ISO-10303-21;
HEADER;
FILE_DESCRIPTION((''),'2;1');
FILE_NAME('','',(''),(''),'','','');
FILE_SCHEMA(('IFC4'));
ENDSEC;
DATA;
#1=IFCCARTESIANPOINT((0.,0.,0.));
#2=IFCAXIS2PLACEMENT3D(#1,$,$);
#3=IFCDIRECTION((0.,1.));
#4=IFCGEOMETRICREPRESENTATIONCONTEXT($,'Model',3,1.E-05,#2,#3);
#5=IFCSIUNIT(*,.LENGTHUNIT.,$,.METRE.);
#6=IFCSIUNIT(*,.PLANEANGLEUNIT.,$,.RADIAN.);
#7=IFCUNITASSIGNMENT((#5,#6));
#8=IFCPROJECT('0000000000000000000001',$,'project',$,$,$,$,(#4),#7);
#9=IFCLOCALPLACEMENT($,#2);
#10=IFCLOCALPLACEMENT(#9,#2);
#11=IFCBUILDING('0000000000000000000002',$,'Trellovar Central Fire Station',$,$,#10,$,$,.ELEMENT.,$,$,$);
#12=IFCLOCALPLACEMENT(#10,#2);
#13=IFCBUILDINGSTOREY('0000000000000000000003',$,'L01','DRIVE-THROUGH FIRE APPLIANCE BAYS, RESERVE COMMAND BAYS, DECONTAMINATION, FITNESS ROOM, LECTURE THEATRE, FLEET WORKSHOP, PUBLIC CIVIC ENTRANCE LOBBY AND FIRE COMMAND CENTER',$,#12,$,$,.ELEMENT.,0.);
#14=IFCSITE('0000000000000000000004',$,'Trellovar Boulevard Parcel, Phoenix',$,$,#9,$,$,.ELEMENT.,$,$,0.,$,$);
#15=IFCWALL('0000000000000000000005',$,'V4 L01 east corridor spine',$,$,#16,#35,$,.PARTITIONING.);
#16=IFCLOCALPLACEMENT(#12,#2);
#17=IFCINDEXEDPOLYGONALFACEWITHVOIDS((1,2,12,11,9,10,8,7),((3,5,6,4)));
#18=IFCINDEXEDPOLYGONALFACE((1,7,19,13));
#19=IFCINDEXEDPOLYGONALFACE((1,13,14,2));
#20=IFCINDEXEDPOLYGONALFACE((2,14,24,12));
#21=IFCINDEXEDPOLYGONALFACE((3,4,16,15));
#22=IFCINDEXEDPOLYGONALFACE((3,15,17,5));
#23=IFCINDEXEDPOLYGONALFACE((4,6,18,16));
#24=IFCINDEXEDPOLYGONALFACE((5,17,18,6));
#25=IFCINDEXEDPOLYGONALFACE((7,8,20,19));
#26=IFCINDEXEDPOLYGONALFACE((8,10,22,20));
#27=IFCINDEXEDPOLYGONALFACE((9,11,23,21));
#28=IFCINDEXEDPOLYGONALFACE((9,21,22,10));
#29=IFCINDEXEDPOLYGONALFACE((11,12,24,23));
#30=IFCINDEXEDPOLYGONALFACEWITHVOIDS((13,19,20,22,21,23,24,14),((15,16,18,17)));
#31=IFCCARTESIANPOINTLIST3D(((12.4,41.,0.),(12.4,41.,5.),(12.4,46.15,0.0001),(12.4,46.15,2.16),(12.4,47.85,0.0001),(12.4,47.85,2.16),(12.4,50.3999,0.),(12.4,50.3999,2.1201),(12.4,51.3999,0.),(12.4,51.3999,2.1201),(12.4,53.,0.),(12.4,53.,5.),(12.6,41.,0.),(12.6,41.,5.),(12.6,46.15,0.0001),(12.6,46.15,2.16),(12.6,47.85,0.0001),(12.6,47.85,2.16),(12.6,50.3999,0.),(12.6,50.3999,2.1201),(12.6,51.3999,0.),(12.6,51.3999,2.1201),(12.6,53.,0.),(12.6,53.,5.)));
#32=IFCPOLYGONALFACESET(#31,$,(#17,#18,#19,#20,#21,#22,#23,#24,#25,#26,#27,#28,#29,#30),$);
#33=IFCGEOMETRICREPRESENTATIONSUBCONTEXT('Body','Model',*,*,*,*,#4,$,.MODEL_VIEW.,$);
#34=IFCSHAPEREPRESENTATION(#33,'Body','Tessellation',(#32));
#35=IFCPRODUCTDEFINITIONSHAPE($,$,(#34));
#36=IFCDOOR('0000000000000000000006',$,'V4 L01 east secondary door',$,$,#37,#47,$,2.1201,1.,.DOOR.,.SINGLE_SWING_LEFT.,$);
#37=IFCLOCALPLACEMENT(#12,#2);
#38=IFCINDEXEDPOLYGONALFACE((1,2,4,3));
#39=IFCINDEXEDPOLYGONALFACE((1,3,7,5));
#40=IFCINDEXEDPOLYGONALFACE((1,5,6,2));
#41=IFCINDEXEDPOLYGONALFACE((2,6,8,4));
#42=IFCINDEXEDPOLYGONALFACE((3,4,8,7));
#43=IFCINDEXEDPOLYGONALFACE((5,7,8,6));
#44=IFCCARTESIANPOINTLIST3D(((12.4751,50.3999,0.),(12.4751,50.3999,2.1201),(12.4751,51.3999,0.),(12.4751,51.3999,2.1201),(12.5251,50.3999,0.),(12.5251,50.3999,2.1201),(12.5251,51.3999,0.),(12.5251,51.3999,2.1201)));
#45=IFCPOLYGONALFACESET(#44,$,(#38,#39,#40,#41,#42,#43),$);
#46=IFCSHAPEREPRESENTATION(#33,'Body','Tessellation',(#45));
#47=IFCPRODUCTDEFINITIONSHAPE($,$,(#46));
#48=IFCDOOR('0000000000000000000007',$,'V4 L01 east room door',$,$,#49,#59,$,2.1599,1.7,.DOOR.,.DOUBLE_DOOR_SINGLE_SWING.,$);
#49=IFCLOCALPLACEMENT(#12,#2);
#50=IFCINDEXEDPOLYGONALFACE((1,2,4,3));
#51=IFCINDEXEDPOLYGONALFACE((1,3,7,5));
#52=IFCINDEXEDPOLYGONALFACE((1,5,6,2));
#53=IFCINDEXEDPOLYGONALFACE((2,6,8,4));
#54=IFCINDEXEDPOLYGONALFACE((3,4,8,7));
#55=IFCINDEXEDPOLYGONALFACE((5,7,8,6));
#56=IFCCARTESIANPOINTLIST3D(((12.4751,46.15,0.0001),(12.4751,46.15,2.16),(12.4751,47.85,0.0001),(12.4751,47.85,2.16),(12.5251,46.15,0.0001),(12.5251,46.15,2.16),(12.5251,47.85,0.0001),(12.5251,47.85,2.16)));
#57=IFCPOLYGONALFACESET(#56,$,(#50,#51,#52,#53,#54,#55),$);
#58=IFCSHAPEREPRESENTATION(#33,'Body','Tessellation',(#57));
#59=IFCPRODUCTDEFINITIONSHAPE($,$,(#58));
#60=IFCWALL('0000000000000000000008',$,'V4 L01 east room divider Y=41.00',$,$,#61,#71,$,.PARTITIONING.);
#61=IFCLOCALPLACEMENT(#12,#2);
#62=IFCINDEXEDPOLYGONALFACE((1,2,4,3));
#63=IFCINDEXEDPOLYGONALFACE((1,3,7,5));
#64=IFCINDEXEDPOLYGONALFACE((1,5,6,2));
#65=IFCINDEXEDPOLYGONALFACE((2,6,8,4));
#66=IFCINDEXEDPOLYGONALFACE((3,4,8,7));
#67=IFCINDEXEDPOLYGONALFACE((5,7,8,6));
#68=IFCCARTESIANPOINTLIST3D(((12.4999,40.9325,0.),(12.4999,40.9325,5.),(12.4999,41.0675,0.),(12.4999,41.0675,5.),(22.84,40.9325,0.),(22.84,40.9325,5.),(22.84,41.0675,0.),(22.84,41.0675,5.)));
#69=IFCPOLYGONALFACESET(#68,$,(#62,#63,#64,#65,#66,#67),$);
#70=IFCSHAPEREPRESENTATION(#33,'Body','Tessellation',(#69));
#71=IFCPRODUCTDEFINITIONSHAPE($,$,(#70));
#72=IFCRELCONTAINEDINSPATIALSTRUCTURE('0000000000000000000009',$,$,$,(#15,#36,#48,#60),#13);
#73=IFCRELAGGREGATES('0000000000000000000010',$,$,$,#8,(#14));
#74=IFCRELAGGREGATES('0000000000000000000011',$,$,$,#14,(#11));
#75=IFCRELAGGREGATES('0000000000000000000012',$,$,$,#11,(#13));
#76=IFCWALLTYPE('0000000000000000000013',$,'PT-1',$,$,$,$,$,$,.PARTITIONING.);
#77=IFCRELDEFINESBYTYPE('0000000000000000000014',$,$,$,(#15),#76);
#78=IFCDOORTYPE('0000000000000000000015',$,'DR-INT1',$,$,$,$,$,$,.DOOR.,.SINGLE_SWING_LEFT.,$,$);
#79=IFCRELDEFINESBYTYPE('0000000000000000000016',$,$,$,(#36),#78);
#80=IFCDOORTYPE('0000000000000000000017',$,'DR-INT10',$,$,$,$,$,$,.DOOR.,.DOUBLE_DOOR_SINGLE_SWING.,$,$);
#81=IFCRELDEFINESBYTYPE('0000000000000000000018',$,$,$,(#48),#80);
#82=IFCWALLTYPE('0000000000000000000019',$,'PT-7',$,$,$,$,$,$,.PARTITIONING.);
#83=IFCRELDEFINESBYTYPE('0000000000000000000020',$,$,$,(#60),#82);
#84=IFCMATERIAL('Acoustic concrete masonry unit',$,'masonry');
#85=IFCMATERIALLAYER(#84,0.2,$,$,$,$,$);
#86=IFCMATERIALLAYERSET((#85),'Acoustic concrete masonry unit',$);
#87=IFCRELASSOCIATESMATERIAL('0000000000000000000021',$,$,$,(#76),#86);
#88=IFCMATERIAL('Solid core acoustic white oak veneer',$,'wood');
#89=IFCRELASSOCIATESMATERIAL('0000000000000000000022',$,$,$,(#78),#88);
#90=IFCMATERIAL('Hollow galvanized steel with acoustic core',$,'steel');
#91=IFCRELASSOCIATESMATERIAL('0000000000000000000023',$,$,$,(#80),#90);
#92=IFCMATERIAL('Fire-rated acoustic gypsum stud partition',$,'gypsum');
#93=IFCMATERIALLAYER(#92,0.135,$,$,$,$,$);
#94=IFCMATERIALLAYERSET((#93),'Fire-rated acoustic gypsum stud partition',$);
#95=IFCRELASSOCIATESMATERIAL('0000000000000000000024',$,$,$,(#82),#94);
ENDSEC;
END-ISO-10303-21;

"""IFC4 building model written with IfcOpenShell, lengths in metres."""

from ifc_helpers import new_model, si_unit, direction, frame, frame_2d, origin, place, context, subcontext, project, spatial, rectangle, extrude, material, layer, layer_set, type_object, element, fill, save


model = new_model("IFC4")

# Units and contexts
model_context = context("Model", 3, precision=1e-05, world=origin(), true_north=direction((0.0, 1.0)))
body_context = subcontext(model_context, "Body", "Model", "MODEL_VIEW")
ifc_project = project(units=[si_unit("LENGTHUNIT", "METRE"), si_unit("PLANEANGLEUNIT", "RADIAN")], contexts=[model_context])

# Site, building, storey
site_placement = place(None, origin())
site = spatial("IfcSite", under=ifc_project, at=site_placement, Name="Trellovar Boulevard Parcel, Phoenix", CompositionType="ELEMENT", RefElevation=0.0)
building_placement = place(site_placement, origin())
building = spatial("IfcBuilding", under=site, at=building_placement, Name="Trellovar Central Fire Station", CompositionType="ELEMENT")
storey_placement = place(building_placement, origin())
storey = spatial("IfcBuildingStorey", under=building, at=storey_placement, Name="L01", Description="DRIVE-THROUGH FIRE APPLIANCE BAYS, RESERVE COMMAND BAYS, DECONTAMINATION, FITNESS ROOM, LECTURE THEATRE, FLEET WORKSHOP, PUBLIC CIVIC ENTRANCE LOBBY AND FIRE COMMAND CENTER", CompositionType="ELEMENT", Elevation=0.0)

# Shared definitions
ifc_material_1 = material(Name="Acoustic concrete masonry unit", Category="masonry")
ifc_layer_1 = layer(ifc_material_1, 0.2)
ifc_layer_set_1 = layer_set([ifc_layer_1], Name="Acoustic concrete masonry unit")
wall_type_1 = type_object("IfcWallType", Name="PT-1", PredefinedType="PARTITIONING", material=ifc_layer_set_1)
ifc_material_2 = material(Name="Solid core acoustic white oak veneer", Category="wood")
door_type_1 = type_object("IfcDoorType", Name="DR-INT1", OperationType="SINGLE_SWING_LEFT", PredefinedType="DOOR", material=ifc_material_2)

# Wall, openings, doors
wall_1_placement = place(storey_placement, frame((12.5, 41.0, 0.0), z_axis=(0.0, 0.0, 1.0), x_axis=(0.0, 1.0, 0.0)))
wall_1 = element("IfcWall", 1, at=wall_1_placement, inside=storey, type_object=wall_type_1, Name="V4 L01 east corridor spine", PredefinedType="PARTITIONING", context=body_context, shape_type="SweptSolid", body=[
    extrude(rectangle(XDim=12.0, YDim=0.2, at=frame_2d((6.0, 0.0))), origin(), (0.0, 0.0, 1.0), 5.0),
])
opening_1_placement = place(wall_1_placement, frame((5.1499, 0.0, 0.0)))
opening_1 = element("IfcOpeningElement", 2, at=opening_1_placement, cuts=wall_1, PredefinedType="OPENING", context=body_context, shape_type="SweptSolid", body=[
    extrude(rectangle(XDim=1.7, YDim=2.1599, at=frame_2d((0.8501, 1.0801))), frame((0.0, 0.1099, 0.0), z_axis=(0.0, -1.0, 0.0), x_axis=(1.0, 0.0, 0.0)), (0.0, 0.0, 1.0), 0.22),
])
opening_2_placement = place(wall_1_placement, frame((9.3999, 0.0, 0.0)))
opening_2 = element("IfcOpeningElement", 3, at=opening_2_placement, cuts=wall_1, PredefinedType="OPENING", context=body_context, shape_type="SweptSolid", body=[
    extrude(rectangle(XDim=1.0, YDim=2.1201, at=frame_2d((0.5, 1.0601))), frame((0.0, 0.1099, 0.0), z_axis=(0.0, -1.0, 0.0), x_axis=(1.0, 0.0, 0.0)), (0.0, 0.0, 1.0), 0.22),
])
door_1_placement = place(opening_2_placement, origin())
door_1 = element("IfcDoor", 4, at=door_1_placement, inside=storey, type_object=door_type_1, Name="V4 L01 east secondary door", OperationType="SINGLE_SWING_LEFT", OverallHeight=2.1201, OverallWidth=1.0, PredefinedType="DOOR", context=body_context, shape_type="SweptSolid", body=[
    extrude(rectangle(XDim=1.0, YDim=2.1201, at=frame_2d((0.5, 1.0601))), frame((0.0, 0.0249, 0.0), z_axis=(0.0, -1.0, 0.0), x_axis=(1.0, 0.0, 0.0)), (0.0, 0.0, 1.0), 0.05),
])
fill(opening_2, door_1)
ifc_material_3 = material(Name="Hollow galvanized steel with acoustic core", Category="steel")
door_type_2 = type_object("IfcDoorType", Name="DR-INT10", OperationType="DOUBLE_DOOR_SINGLE_SWING", PredefinedType="DOOR", material=ifc_material_3)
door_2_placement = place(opening_1_placement, origin())
door_2 = element("IfcDoor", 5, at=door_2_placement, inside=storey, type_object=door_type_2, Name="V4 L01 east room door", OperationType="DOUBLE_DOOR_SINGLE_SWING", OverallHeight=2.1599, OverallWidth=1.7, PredefinedType="DOOR", context=body_context, shape_type="SweptSolid", body=[
    extrude(rectangle(XDim=1.7, YDim=2.1599, at=frame_2d((0.8501, 1.0801))), frame((0.0, 0.0249, 0.0), z_axis=(0.0, -1.0, 0.0), x_axis=(1.0, 0.0, 0.0)), (0.0, 0.0, 1.0), 0.05),
])
fill(opening_1, door_2)

# Wall
ifc_material_4 = material(Name="Fire-rated acoustic gypsum stud partition", Category="gypsum")
ifc_layer_2 = layer(ifc_material_4, 0.135)
ifc_layer_set_2 = layer_set([ifc_layer_2], Name="Fire-rated acoustic gypsum stud partition")
wall_type_2 = type_object("IfcWallType", Name="PT-7", PredefinedType="PARTITIONING", material=ifc_layer_set_2)
wall_2_placement = place(storey_placement, frame((12.5, 41.0, 0.0), z_axis=(0.0, 0.0, 1.0), x_axis=(1.0, 0.0, 0.0)))
element("IfcWall", 6, at=wall_2_placement, inside=storey, type_object=wall_type_2, Name="V4 L01 east room divider Y=41.00", PredefinedType="PARTITIONING", context=body_context, shape_type="SweptSolid", body=[
    extrude(rectangle(XDim=10.3401, YDim=0.135, at=frame_2d((5.1699, 0.0))), origin(), (0.0, 0.0, 1.0), 5.0),
])

save(model, "model.ifc")
